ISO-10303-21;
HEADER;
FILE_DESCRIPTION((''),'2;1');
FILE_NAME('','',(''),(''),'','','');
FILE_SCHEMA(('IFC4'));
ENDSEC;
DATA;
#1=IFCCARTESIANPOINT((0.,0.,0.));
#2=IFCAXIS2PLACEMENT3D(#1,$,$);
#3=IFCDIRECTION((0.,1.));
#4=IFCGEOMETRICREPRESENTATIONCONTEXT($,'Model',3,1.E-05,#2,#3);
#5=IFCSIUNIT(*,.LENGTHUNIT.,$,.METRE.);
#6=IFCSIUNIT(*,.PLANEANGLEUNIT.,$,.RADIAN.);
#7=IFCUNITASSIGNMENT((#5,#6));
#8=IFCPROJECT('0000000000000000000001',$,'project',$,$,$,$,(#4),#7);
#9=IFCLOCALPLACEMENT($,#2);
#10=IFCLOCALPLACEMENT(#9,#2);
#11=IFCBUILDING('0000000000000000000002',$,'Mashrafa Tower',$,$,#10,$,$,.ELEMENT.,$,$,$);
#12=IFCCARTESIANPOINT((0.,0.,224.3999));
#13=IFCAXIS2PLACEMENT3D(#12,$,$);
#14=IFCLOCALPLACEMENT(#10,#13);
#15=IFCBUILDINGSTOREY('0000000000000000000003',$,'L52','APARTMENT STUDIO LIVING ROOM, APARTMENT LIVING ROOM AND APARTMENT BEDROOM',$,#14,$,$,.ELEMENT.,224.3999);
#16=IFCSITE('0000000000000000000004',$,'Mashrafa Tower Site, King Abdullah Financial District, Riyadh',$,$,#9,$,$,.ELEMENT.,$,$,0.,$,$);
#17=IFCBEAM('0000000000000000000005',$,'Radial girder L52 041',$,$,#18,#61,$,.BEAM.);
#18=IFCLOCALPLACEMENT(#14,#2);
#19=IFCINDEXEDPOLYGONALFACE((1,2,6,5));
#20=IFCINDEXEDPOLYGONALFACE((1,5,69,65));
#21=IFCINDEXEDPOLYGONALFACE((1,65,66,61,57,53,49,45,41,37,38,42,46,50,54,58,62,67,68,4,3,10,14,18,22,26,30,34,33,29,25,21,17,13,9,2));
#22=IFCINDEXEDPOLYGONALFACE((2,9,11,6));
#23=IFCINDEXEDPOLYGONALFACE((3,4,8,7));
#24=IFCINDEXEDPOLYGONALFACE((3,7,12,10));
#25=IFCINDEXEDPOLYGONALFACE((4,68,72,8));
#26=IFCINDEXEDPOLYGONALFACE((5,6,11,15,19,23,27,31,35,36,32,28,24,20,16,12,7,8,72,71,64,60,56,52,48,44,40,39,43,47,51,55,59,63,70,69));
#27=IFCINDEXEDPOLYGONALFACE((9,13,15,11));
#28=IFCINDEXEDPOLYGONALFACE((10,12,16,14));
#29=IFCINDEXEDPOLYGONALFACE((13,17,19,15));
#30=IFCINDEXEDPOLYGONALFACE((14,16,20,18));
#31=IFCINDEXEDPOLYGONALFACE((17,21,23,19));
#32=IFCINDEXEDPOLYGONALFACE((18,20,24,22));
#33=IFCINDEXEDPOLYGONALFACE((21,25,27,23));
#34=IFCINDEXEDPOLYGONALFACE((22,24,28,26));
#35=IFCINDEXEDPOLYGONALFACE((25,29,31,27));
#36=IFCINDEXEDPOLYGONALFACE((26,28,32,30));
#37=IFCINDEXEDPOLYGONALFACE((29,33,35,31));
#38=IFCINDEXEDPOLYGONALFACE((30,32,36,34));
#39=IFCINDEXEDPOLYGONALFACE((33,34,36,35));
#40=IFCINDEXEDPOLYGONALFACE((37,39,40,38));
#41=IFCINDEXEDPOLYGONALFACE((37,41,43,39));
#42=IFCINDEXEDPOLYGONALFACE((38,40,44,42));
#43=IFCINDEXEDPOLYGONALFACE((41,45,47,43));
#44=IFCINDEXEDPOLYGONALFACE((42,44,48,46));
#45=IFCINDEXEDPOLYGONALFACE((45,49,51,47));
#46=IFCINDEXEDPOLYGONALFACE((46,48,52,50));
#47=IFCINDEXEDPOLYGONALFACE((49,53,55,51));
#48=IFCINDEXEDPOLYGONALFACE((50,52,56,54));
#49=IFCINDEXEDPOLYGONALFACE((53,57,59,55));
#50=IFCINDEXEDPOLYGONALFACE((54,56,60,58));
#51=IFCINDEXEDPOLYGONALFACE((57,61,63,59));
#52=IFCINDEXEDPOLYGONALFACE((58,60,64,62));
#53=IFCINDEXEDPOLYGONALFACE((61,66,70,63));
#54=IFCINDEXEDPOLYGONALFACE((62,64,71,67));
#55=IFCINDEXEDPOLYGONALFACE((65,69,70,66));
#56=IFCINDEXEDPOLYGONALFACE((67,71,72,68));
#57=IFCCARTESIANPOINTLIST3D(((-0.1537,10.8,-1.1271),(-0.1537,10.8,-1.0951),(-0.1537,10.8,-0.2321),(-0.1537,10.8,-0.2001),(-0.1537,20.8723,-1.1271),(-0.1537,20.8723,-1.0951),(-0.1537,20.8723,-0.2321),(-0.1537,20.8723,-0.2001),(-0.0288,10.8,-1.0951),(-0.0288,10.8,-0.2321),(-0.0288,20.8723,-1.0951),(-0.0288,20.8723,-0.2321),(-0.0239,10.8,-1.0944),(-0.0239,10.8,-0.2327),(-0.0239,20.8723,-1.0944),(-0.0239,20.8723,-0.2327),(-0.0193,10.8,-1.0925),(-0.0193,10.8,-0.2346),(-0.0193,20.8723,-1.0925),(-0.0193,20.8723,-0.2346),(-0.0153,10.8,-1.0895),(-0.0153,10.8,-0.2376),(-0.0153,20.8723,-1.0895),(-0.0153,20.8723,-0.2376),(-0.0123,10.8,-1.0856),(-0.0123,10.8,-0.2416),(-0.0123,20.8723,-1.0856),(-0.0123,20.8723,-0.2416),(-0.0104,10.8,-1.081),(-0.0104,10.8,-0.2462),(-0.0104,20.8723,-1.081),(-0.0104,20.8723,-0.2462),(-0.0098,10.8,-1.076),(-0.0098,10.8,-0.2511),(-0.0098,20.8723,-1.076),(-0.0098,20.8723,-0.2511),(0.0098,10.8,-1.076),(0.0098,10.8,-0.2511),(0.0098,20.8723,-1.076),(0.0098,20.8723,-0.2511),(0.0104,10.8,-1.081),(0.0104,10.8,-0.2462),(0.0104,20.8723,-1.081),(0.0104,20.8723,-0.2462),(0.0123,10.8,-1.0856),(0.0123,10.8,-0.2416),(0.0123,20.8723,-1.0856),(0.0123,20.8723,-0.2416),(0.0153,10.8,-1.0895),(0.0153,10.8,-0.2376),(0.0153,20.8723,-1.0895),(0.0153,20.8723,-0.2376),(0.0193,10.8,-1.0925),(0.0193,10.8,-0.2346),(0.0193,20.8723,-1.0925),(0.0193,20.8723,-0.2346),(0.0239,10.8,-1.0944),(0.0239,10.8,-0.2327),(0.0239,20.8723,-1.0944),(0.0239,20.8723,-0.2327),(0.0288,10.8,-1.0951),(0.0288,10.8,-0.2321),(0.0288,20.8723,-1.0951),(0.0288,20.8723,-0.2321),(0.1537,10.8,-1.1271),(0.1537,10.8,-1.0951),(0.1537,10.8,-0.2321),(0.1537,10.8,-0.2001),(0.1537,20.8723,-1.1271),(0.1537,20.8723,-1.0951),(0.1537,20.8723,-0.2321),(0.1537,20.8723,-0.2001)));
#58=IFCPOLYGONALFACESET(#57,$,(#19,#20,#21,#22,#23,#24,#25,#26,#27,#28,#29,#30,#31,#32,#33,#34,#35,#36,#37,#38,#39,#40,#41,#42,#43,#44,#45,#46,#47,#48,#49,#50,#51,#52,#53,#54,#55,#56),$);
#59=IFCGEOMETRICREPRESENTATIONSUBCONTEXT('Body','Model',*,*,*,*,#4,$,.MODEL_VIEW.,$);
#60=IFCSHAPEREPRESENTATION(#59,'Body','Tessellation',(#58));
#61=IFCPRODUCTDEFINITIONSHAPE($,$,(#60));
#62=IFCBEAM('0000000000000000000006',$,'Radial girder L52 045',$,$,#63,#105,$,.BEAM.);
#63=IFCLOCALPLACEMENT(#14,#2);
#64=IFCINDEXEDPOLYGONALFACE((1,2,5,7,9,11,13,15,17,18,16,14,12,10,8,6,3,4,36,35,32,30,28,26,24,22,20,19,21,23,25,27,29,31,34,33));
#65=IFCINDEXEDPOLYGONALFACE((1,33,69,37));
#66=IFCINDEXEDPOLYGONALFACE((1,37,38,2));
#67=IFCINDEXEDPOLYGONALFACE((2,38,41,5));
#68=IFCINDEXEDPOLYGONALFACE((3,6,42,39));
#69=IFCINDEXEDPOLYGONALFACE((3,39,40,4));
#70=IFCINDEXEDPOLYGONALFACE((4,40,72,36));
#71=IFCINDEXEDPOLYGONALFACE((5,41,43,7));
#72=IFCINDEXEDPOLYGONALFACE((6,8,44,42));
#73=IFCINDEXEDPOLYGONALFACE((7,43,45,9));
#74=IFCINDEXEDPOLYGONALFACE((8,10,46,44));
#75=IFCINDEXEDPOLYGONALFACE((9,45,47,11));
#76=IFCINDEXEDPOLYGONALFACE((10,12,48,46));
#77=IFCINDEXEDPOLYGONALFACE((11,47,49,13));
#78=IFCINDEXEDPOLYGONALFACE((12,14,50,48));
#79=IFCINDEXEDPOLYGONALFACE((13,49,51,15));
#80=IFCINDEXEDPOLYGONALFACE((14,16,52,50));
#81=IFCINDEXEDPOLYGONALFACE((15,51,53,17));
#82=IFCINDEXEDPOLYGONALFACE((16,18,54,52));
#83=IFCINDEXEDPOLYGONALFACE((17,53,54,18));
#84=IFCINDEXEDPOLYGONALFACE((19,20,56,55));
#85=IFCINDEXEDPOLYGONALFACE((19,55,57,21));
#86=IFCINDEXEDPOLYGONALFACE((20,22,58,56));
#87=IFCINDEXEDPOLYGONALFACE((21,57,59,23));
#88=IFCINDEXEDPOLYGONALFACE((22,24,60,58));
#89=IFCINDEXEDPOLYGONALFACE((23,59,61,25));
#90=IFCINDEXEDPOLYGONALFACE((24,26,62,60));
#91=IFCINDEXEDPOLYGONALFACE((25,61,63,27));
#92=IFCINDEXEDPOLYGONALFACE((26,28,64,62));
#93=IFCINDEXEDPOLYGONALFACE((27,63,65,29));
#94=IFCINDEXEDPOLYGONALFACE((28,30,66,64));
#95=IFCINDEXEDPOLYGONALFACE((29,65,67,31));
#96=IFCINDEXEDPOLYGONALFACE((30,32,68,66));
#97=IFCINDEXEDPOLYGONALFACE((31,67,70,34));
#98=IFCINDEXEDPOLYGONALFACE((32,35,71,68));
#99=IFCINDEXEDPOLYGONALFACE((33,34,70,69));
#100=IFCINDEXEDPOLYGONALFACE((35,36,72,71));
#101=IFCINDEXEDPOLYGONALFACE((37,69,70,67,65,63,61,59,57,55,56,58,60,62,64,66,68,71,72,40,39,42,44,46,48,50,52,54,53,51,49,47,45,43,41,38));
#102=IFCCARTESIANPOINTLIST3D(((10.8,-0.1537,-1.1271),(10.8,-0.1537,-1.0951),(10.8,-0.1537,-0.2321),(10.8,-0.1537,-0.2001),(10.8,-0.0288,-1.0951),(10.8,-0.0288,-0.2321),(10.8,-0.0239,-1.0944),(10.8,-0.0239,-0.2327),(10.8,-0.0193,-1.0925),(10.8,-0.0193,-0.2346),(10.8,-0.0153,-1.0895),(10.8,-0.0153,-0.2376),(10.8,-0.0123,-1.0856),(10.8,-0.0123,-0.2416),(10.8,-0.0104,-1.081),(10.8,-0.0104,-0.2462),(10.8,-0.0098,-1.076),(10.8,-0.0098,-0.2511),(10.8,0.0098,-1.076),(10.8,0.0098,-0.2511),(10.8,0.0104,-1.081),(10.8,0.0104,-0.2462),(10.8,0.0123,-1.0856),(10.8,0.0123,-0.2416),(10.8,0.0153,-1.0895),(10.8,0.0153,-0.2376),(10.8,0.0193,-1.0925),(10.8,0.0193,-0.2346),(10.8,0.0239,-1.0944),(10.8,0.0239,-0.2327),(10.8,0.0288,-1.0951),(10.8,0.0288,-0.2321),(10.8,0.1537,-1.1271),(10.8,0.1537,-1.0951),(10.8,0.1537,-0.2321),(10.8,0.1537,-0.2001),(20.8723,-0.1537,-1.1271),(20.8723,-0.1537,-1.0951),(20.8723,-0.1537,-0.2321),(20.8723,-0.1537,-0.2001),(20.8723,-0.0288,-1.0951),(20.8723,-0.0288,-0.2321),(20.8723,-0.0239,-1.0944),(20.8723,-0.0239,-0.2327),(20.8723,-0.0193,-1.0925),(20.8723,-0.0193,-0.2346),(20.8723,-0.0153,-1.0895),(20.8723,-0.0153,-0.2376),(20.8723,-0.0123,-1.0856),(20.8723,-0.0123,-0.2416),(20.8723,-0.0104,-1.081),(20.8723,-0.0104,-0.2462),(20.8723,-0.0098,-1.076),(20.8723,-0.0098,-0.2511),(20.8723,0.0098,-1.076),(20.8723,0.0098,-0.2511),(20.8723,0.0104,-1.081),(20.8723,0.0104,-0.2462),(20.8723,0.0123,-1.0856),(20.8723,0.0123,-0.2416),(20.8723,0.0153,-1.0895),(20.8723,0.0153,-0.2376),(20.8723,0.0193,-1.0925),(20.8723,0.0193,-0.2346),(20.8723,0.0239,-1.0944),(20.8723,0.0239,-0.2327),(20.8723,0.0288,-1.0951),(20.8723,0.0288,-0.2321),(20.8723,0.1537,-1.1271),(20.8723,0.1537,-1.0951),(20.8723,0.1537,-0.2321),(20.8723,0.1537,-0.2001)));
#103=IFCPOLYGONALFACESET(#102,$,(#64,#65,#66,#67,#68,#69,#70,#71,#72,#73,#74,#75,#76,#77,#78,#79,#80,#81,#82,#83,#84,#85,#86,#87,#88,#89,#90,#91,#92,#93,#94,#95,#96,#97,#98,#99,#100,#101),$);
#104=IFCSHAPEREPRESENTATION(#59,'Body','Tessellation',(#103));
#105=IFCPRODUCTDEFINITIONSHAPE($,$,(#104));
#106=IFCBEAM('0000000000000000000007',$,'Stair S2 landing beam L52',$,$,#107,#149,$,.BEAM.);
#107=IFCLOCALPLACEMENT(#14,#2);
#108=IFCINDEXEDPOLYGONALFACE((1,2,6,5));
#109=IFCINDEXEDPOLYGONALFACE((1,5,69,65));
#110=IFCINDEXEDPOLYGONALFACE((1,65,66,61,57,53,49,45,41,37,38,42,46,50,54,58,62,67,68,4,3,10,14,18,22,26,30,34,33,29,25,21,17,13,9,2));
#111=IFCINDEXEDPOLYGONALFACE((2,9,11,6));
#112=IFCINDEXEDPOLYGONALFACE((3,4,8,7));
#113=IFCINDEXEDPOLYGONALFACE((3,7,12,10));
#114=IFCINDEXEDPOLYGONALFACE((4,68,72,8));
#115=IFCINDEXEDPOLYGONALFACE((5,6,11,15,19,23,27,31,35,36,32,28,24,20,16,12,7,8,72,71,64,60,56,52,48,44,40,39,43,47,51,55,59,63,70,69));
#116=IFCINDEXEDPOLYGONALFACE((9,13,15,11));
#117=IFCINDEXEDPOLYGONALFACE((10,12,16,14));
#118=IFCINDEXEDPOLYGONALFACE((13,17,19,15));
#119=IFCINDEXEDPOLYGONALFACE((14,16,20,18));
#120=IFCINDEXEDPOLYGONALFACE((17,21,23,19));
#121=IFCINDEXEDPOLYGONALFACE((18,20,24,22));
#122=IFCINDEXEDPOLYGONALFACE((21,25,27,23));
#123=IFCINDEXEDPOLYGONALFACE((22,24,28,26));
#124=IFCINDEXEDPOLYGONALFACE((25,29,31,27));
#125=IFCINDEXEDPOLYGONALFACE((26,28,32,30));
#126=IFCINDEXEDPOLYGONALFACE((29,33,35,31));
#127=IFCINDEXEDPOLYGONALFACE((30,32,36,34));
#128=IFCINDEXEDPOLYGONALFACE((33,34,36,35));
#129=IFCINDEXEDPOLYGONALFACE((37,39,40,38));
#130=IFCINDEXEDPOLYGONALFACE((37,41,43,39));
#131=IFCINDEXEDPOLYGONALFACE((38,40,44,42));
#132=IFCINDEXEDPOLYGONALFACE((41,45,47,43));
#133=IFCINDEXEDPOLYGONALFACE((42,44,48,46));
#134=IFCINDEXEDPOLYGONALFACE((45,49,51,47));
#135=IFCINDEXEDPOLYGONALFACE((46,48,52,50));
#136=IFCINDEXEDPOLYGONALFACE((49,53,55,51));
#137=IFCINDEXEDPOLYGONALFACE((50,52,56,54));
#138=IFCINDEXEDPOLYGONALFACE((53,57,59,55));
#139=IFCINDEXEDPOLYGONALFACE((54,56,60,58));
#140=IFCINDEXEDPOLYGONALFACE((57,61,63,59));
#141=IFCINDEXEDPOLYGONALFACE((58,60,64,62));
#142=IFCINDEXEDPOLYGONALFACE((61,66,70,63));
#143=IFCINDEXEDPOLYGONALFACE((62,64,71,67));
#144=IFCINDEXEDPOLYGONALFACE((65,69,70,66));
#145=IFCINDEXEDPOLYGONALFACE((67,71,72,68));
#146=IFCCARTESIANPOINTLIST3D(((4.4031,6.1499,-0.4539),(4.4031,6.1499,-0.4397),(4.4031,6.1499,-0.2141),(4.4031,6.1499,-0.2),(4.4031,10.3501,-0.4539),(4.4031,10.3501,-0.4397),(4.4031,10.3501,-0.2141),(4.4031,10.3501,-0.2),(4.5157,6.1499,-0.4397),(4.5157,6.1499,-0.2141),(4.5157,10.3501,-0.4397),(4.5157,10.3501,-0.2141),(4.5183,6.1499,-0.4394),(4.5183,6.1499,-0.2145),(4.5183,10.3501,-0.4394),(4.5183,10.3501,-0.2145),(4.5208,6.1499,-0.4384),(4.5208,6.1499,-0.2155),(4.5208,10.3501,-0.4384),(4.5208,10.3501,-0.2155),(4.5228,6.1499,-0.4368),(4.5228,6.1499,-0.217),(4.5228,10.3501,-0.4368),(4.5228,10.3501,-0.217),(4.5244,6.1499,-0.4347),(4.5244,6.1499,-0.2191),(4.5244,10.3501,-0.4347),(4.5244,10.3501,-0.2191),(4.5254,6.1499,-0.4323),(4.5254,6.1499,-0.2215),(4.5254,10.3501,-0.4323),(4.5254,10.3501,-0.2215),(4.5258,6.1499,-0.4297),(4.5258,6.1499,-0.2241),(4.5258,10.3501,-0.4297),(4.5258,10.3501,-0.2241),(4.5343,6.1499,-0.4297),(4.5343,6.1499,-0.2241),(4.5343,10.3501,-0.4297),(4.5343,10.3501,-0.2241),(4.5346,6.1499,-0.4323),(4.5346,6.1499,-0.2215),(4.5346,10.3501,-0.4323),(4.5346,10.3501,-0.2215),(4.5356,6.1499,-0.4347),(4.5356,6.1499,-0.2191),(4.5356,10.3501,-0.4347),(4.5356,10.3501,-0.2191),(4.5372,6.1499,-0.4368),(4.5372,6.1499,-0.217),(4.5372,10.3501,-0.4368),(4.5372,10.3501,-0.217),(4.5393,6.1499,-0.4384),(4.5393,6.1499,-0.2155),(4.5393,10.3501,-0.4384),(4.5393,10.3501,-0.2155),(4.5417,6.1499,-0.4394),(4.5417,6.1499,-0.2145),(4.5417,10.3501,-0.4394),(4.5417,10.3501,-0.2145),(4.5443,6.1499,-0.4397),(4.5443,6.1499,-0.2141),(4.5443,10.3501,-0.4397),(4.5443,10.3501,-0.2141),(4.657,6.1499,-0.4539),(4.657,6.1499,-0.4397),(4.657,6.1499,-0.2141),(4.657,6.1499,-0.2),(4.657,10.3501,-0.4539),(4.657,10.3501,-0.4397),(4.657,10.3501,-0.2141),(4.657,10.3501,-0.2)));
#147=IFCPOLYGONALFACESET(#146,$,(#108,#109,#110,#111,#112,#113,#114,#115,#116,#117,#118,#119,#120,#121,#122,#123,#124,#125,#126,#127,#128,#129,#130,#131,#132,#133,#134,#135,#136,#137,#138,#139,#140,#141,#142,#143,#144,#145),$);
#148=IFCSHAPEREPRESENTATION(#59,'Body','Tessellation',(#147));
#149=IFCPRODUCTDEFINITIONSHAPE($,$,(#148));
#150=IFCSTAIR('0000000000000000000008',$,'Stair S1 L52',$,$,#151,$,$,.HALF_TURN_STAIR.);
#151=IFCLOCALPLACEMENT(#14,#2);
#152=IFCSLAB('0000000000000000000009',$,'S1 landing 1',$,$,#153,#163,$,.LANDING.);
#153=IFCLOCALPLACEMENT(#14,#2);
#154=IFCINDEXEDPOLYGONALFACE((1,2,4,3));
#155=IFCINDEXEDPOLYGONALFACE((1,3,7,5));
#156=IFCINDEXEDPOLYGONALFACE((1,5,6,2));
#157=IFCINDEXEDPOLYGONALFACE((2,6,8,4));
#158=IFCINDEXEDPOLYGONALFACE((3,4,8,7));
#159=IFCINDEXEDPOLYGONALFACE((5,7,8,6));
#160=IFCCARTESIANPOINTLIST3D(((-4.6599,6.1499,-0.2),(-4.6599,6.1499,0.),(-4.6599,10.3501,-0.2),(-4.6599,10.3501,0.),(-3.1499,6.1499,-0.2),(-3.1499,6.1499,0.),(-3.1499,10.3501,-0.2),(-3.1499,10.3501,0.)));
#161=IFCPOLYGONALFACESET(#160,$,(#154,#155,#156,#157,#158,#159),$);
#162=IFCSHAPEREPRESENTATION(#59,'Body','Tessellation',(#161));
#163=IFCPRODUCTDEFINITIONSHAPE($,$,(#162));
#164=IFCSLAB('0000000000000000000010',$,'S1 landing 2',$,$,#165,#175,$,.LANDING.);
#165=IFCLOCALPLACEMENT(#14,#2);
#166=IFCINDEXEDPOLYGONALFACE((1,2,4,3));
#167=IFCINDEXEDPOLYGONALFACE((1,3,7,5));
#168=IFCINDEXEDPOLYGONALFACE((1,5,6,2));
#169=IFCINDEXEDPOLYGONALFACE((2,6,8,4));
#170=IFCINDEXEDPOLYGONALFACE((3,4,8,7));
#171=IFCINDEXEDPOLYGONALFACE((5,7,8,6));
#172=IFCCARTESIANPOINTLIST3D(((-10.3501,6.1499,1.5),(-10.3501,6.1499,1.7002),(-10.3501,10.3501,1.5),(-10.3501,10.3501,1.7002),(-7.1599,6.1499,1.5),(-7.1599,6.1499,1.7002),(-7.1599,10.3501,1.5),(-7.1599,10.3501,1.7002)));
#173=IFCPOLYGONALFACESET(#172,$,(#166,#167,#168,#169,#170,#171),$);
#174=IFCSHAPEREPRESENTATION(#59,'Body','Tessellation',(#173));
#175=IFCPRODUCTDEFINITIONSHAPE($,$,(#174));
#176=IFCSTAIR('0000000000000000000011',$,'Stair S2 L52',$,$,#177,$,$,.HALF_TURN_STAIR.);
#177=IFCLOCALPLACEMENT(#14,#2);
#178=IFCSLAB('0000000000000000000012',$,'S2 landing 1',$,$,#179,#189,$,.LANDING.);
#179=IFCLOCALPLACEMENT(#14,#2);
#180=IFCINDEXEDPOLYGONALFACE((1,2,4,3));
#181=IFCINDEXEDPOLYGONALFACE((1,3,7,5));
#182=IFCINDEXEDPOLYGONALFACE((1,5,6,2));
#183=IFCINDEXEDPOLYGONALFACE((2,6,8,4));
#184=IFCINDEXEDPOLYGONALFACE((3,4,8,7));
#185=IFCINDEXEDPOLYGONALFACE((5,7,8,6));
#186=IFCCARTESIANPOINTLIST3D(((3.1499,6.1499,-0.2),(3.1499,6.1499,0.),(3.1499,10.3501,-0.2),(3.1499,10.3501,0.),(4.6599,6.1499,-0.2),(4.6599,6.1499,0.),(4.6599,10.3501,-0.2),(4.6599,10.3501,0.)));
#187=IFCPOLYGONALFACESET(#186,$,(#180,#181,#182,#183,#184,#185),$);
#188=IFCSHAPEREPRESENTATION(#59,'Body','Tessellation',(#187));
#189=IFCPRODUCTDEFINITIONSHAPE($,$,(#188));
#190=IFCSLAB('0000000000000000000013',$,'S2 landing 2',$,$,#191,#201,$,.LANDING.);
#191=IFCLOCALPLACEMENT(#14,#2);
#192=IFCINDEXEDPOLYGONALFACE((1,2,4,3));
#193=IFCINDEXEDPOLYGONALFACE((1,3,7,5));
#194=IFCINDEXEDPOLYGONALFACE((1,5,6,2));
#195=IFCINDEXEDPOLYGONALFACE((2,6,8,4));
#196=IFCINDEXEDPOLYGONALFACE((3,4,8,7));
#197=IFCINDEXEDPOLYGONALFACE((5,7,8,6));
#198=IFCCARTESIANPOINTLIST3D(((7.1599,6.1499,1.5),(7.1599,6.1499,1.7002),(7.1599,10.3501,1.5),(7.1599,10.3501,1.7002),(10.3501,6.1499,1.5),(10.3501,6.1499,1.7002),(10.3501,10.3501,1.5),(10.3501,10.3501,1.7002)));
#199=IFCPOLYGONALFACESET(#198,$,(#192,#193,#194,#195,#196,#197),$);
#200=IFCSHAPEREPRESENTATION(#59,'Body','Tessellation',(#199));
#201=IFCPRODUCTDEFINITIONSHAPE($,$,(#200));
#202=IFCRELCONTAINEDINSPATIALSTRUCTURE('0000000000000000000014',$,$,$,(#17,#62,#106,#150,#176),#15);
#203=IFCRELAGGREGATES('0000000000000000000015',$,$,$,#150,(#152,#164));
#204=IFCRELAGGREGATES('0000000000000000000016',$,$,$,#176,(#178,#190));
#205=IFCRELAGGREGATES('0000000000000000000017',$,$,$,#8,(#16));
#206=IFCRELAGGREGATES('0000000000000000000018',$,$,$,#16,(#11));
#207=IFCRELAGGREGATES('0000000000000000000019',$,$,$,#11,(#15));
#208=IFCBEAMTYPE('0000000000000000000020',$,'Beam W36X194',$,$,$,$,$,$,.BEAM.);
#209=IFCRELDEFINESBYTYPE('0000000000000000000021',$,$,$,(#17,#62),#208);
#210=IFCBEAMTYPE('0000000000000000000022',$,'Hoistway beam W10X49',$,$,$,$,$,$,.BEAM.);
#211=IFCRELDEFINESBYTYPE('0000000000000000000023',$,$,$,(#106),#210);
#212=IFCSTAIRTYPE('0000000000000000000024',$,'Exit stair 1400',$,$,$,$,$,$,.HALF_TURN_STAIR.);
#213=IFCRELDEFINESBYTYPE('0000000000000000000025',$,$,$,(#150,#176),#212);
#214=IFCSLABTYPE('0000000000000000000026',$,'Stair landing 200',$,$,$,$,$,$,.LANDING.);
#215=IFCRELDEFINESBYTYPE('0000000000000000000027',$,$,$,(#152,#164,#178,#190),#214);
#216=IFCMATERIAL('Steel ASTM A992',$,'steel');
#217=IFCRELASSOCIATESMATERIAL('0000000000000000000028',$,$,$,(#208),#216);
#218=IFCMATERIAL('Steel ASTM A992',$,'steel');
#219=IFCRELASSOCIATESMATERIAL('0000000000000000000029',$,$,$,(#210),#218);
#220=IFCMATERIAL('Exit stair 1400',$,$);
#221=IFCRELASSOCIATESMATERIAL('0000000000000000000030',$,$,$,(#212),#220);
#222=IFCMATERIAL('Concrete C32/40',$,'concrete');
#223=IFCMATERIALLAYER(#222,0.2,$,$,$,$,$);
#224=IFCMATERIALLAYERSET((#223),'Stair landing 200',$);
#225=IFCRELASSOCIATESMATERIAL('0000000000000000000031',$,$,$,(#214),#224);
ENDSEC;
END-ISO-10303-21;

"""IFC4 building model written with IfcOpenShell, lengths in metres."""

from ifc_helpers import new_model, si_unit, direction, frame, origin, origin_2d, place, context, subcontext, project, spatial, polyline, i_section, outline, extrude, material, layer, layer_set, material_profile, profile_set, type_object, element, aggregate, save


model = new_model("IFC4")

# Units and contexts
model_context = context("Model", 3, precision=1e-05, world=origin(), true_north=direction((0.0, 1.0)))
body_context = subcontext(model_context, "Body", "Model", "MODEL_VIEW")
ifc_project = project(units=[si_unit("LENGTHUNIT", "METRE"), si_unit("PLANEANGLEUNIT", "RADIAN")], contexts=[model_context])

# Site, building, storey
site_placement = place(None, origin())
site = spatial("IfcSite", under=ifc_project, at=site_placement, Name="Mashrafa Tower Site, King Abdullah Financial District, Riyadh", CompositionType="ELEMENT", RefElevation=0.0)
building_placement = place(site_placement, origin())
building = spatial("IfcBuilding", under=site, at=building_placement, Name="Mashrafa Tower", CompositionType="ELEMENT")
storey_placement = place(building_placement, frame((0.0, 0.0, 224.3999)))
storey = spatial("IfcBuildingStorey", under=building, at=storey_placement, Name="L52", Description="APARTMENT STUDIO LIVING ROOM, APARTMENT LIVING ROOM AND APARTMENT BEDROOM", CompositionType="ELEMENT", Elevation=224.3999)

# Beams
ifc_material_1 = material(Name="Steel ASTM A992", Category="steel")
ifc_material_profile_1 = material_profile(ifc_material_1, i_section(OverallWidth=0.3074, OverallDepth=0.927, WebThickness=0.0195, FlangeThickness=0.032, FilletRadius=0.019, at=origin_2d()), Name="W36X194")
ifc_profile_set_1 = profile_set([ifc_material_profile_1], Name="Steel ASTM A992")
beam_type_1 = type_object("IfcBeamType", Name="Beam W36X194", PredefinedType="BEAM", material=ifc_profile_set_1)
for number, where, z_axis, x_axis, name in (
    (1, (0.0, 10.8, -0.6636), (0.0, 1.0, 0.0), (-1.0, 0.0, 0.0), "Radial girder L52 041"),
    (2, (10.8, 0.0, -0.6636), (1.0, 0.0, 0.0), (0.0, 1.0, 0.0), "Radial girder L52 045"),
):
    element("IfcBeam", number, at=place(storey_placement, frame(where, z_axis=z_axis, x_axis=x_axis)), inside=storey, type_object=beam_type_1, Name=name, PredefinedType="BEAM", context=body_context, shape_type="SweptSolid", body=[
        extrude(i_section(OverallWidth=0.3074, OverallDepth=0.927, WebThickness=0.0195, FlangeThickness=0.032, FilletRadius=0.019, at=origin_2d()), origin(), (0.0, 0.0, 1.0), 10.0723),
    ])
ifc_material_2 = material(Name="Steel ASTM A992", Category="steel")
ifc_material_profile_2 = material_profile(ifc_material_2, i_section(OverallWidth=0.2539, OverallDepth=0.2539, WebThickness=0.0085, FlangeThickness=0.0142, FilletRadius=0.01, at=origin_2d()), Name="W10X49")
ifc_profile_set_2 = profile_set([ifc_material_profile_2], Name="Steel ASTM A992")
beam_type_2 = type_object("IfcBeamType", Name="Hoistway beam W10X49", PredefinedType="BEAM", material=ifc_profile_set_2)
beam_1_placement = place(storey_placement, frame((4.53, 6.1499, -0.3269), z_axis=(0.0, 1.0, 0.0), x_axis=(-1.0, 0.0, 0.0)))
element("IfcBeam", 3, at=beam_1_placement, inside=storey, type_object=beam_type_2, Name="Stair S2 landing beam L52", PredefinedType="BEAM", context=body_context, shape_type="SweptSolid", body=[
    extrude(i_section(OverallWidth=0.2539, OverallDepth=0.2539, WebThickness=0.0085, FlangeThickness=0.0142, FilletRadius=0.01, at=origin_2d()), origin(), (0.0, 0.0, 1.0), 4.2002),
])

# Stairs, slabs
ifc_material_3 = material(Name="Exit stair 1400")
stair_type = type_object("IfcStairType", Name="Exit stair 1400", PredefinedType="HALF_TURN_STAIR", material=ifc_material_3)
stair_1_placement = place(storey_placement, origin())
stair_1 = element("IfcStair", 4, at=stair_1_placement, inside=storey, type_object=stair_type, Name="Stair S1 L52", PredefinedType="HALF_TURN_STAIR")
ifc_material_4 = material(Name="Concrete C32/40", Category="concrete")
ifc_layer_1 = layer(ifc_material_4, 0.2)
ifc_layer_set_1 = layer_set([ifc_layer_1], Name="Stair landing 200")
slab_type = type_object("IfcSlabType", Name="Stair landing 200", PredefinedType="LANDING", material=ifc_layer_set_1)
slab_1_placement = place(storey_placement, frame((0.0, 0.0, -0.2)))
slab_1 = element("IfcSlab", 5, at=slab_1_placement, type_object=slab_type, Name="S1 landing 1", PredefinedType="LANDING", context=body_context, shape_type="SweptSolid", body=[
    extrude(outline(polyline([(-4.6599, 6.1499), (-3.1499, 6.1499), (-3.1499, 10.3501), (-4.6599, 10.3501), (-4.6599, 6.1499)])), origin(), (0.0, 0.0, 1.0), 0.2),
])
slab_2_placement = place(storey_placement, frame((0.0, 0.0, 1.5)))
slab_2 = element("IfcSlab", 6, at=slab_2_placement, type_object=slab_type, Name="S1 landing 2", PredefinedType="LANDING", context=body_context, shape_type="SweptSolid", body=[
    extrude(outline(polyline([(-10.3501, 6.1499), (-7.1599, 6.1499), (-7.1599, 10.3501), (-10.3501, 10.3501), (-10.3501, 6.1499)])), origin(), (0.0, 0.0, 1.0), 0.2002),
])
aggregate(stair_1, [slab_1, slab_2])
stair_2_placement = place(storey_placement, origin())
stair_2 = element("IfcStair", 7, at=stair_2_placement, inside=storey, type_object=stair_type, Name="Stair S2 L52", PredefinedType="HALF_TURN_STAIR")
slab_3_placement = place(storey_placement, frame((0.0, 0.0, -0.2)))
slab_3 = element("IfcSlab", 8, at=slab_3_placement, type_object=slab_type, Name="S2 landing 1", PredefinedType="LANDING", context=body_context, shape_type="SweptSolid", body=[
    extrude(outline(polyline([(3.1499, 6.1499), (4.6599, 6.1499), (4.6599, 10.3501), (3.1499, 10.3501), (3.1499, 6.1499)])), origin(), (0.0, 0.0, 1.0), 0.2),
])
slab_4_placement = place(storey_placement, frame((0.0, 0.0, 1.5)))
slab_4 = element("IfcSlab", 9, at=slab_4_placement, type_object=slab_type, Name="S2 landing 2", PredefinedType="LANDING", context=body_context, shape_type="SweptSolid", body=[
    extrude(outline(polyline([(7.1599, 6.1499), (10.3501, 6.1499), (10.3501, 10.3501), (7.1599, 10.3501), (7.1599, 6.1499)])), origin(), (0.0, 0.0, 1.0), 0.2002),
])

aggregate(stair_2, [slab_3, slab_4])

save(model, "model.ifc")
